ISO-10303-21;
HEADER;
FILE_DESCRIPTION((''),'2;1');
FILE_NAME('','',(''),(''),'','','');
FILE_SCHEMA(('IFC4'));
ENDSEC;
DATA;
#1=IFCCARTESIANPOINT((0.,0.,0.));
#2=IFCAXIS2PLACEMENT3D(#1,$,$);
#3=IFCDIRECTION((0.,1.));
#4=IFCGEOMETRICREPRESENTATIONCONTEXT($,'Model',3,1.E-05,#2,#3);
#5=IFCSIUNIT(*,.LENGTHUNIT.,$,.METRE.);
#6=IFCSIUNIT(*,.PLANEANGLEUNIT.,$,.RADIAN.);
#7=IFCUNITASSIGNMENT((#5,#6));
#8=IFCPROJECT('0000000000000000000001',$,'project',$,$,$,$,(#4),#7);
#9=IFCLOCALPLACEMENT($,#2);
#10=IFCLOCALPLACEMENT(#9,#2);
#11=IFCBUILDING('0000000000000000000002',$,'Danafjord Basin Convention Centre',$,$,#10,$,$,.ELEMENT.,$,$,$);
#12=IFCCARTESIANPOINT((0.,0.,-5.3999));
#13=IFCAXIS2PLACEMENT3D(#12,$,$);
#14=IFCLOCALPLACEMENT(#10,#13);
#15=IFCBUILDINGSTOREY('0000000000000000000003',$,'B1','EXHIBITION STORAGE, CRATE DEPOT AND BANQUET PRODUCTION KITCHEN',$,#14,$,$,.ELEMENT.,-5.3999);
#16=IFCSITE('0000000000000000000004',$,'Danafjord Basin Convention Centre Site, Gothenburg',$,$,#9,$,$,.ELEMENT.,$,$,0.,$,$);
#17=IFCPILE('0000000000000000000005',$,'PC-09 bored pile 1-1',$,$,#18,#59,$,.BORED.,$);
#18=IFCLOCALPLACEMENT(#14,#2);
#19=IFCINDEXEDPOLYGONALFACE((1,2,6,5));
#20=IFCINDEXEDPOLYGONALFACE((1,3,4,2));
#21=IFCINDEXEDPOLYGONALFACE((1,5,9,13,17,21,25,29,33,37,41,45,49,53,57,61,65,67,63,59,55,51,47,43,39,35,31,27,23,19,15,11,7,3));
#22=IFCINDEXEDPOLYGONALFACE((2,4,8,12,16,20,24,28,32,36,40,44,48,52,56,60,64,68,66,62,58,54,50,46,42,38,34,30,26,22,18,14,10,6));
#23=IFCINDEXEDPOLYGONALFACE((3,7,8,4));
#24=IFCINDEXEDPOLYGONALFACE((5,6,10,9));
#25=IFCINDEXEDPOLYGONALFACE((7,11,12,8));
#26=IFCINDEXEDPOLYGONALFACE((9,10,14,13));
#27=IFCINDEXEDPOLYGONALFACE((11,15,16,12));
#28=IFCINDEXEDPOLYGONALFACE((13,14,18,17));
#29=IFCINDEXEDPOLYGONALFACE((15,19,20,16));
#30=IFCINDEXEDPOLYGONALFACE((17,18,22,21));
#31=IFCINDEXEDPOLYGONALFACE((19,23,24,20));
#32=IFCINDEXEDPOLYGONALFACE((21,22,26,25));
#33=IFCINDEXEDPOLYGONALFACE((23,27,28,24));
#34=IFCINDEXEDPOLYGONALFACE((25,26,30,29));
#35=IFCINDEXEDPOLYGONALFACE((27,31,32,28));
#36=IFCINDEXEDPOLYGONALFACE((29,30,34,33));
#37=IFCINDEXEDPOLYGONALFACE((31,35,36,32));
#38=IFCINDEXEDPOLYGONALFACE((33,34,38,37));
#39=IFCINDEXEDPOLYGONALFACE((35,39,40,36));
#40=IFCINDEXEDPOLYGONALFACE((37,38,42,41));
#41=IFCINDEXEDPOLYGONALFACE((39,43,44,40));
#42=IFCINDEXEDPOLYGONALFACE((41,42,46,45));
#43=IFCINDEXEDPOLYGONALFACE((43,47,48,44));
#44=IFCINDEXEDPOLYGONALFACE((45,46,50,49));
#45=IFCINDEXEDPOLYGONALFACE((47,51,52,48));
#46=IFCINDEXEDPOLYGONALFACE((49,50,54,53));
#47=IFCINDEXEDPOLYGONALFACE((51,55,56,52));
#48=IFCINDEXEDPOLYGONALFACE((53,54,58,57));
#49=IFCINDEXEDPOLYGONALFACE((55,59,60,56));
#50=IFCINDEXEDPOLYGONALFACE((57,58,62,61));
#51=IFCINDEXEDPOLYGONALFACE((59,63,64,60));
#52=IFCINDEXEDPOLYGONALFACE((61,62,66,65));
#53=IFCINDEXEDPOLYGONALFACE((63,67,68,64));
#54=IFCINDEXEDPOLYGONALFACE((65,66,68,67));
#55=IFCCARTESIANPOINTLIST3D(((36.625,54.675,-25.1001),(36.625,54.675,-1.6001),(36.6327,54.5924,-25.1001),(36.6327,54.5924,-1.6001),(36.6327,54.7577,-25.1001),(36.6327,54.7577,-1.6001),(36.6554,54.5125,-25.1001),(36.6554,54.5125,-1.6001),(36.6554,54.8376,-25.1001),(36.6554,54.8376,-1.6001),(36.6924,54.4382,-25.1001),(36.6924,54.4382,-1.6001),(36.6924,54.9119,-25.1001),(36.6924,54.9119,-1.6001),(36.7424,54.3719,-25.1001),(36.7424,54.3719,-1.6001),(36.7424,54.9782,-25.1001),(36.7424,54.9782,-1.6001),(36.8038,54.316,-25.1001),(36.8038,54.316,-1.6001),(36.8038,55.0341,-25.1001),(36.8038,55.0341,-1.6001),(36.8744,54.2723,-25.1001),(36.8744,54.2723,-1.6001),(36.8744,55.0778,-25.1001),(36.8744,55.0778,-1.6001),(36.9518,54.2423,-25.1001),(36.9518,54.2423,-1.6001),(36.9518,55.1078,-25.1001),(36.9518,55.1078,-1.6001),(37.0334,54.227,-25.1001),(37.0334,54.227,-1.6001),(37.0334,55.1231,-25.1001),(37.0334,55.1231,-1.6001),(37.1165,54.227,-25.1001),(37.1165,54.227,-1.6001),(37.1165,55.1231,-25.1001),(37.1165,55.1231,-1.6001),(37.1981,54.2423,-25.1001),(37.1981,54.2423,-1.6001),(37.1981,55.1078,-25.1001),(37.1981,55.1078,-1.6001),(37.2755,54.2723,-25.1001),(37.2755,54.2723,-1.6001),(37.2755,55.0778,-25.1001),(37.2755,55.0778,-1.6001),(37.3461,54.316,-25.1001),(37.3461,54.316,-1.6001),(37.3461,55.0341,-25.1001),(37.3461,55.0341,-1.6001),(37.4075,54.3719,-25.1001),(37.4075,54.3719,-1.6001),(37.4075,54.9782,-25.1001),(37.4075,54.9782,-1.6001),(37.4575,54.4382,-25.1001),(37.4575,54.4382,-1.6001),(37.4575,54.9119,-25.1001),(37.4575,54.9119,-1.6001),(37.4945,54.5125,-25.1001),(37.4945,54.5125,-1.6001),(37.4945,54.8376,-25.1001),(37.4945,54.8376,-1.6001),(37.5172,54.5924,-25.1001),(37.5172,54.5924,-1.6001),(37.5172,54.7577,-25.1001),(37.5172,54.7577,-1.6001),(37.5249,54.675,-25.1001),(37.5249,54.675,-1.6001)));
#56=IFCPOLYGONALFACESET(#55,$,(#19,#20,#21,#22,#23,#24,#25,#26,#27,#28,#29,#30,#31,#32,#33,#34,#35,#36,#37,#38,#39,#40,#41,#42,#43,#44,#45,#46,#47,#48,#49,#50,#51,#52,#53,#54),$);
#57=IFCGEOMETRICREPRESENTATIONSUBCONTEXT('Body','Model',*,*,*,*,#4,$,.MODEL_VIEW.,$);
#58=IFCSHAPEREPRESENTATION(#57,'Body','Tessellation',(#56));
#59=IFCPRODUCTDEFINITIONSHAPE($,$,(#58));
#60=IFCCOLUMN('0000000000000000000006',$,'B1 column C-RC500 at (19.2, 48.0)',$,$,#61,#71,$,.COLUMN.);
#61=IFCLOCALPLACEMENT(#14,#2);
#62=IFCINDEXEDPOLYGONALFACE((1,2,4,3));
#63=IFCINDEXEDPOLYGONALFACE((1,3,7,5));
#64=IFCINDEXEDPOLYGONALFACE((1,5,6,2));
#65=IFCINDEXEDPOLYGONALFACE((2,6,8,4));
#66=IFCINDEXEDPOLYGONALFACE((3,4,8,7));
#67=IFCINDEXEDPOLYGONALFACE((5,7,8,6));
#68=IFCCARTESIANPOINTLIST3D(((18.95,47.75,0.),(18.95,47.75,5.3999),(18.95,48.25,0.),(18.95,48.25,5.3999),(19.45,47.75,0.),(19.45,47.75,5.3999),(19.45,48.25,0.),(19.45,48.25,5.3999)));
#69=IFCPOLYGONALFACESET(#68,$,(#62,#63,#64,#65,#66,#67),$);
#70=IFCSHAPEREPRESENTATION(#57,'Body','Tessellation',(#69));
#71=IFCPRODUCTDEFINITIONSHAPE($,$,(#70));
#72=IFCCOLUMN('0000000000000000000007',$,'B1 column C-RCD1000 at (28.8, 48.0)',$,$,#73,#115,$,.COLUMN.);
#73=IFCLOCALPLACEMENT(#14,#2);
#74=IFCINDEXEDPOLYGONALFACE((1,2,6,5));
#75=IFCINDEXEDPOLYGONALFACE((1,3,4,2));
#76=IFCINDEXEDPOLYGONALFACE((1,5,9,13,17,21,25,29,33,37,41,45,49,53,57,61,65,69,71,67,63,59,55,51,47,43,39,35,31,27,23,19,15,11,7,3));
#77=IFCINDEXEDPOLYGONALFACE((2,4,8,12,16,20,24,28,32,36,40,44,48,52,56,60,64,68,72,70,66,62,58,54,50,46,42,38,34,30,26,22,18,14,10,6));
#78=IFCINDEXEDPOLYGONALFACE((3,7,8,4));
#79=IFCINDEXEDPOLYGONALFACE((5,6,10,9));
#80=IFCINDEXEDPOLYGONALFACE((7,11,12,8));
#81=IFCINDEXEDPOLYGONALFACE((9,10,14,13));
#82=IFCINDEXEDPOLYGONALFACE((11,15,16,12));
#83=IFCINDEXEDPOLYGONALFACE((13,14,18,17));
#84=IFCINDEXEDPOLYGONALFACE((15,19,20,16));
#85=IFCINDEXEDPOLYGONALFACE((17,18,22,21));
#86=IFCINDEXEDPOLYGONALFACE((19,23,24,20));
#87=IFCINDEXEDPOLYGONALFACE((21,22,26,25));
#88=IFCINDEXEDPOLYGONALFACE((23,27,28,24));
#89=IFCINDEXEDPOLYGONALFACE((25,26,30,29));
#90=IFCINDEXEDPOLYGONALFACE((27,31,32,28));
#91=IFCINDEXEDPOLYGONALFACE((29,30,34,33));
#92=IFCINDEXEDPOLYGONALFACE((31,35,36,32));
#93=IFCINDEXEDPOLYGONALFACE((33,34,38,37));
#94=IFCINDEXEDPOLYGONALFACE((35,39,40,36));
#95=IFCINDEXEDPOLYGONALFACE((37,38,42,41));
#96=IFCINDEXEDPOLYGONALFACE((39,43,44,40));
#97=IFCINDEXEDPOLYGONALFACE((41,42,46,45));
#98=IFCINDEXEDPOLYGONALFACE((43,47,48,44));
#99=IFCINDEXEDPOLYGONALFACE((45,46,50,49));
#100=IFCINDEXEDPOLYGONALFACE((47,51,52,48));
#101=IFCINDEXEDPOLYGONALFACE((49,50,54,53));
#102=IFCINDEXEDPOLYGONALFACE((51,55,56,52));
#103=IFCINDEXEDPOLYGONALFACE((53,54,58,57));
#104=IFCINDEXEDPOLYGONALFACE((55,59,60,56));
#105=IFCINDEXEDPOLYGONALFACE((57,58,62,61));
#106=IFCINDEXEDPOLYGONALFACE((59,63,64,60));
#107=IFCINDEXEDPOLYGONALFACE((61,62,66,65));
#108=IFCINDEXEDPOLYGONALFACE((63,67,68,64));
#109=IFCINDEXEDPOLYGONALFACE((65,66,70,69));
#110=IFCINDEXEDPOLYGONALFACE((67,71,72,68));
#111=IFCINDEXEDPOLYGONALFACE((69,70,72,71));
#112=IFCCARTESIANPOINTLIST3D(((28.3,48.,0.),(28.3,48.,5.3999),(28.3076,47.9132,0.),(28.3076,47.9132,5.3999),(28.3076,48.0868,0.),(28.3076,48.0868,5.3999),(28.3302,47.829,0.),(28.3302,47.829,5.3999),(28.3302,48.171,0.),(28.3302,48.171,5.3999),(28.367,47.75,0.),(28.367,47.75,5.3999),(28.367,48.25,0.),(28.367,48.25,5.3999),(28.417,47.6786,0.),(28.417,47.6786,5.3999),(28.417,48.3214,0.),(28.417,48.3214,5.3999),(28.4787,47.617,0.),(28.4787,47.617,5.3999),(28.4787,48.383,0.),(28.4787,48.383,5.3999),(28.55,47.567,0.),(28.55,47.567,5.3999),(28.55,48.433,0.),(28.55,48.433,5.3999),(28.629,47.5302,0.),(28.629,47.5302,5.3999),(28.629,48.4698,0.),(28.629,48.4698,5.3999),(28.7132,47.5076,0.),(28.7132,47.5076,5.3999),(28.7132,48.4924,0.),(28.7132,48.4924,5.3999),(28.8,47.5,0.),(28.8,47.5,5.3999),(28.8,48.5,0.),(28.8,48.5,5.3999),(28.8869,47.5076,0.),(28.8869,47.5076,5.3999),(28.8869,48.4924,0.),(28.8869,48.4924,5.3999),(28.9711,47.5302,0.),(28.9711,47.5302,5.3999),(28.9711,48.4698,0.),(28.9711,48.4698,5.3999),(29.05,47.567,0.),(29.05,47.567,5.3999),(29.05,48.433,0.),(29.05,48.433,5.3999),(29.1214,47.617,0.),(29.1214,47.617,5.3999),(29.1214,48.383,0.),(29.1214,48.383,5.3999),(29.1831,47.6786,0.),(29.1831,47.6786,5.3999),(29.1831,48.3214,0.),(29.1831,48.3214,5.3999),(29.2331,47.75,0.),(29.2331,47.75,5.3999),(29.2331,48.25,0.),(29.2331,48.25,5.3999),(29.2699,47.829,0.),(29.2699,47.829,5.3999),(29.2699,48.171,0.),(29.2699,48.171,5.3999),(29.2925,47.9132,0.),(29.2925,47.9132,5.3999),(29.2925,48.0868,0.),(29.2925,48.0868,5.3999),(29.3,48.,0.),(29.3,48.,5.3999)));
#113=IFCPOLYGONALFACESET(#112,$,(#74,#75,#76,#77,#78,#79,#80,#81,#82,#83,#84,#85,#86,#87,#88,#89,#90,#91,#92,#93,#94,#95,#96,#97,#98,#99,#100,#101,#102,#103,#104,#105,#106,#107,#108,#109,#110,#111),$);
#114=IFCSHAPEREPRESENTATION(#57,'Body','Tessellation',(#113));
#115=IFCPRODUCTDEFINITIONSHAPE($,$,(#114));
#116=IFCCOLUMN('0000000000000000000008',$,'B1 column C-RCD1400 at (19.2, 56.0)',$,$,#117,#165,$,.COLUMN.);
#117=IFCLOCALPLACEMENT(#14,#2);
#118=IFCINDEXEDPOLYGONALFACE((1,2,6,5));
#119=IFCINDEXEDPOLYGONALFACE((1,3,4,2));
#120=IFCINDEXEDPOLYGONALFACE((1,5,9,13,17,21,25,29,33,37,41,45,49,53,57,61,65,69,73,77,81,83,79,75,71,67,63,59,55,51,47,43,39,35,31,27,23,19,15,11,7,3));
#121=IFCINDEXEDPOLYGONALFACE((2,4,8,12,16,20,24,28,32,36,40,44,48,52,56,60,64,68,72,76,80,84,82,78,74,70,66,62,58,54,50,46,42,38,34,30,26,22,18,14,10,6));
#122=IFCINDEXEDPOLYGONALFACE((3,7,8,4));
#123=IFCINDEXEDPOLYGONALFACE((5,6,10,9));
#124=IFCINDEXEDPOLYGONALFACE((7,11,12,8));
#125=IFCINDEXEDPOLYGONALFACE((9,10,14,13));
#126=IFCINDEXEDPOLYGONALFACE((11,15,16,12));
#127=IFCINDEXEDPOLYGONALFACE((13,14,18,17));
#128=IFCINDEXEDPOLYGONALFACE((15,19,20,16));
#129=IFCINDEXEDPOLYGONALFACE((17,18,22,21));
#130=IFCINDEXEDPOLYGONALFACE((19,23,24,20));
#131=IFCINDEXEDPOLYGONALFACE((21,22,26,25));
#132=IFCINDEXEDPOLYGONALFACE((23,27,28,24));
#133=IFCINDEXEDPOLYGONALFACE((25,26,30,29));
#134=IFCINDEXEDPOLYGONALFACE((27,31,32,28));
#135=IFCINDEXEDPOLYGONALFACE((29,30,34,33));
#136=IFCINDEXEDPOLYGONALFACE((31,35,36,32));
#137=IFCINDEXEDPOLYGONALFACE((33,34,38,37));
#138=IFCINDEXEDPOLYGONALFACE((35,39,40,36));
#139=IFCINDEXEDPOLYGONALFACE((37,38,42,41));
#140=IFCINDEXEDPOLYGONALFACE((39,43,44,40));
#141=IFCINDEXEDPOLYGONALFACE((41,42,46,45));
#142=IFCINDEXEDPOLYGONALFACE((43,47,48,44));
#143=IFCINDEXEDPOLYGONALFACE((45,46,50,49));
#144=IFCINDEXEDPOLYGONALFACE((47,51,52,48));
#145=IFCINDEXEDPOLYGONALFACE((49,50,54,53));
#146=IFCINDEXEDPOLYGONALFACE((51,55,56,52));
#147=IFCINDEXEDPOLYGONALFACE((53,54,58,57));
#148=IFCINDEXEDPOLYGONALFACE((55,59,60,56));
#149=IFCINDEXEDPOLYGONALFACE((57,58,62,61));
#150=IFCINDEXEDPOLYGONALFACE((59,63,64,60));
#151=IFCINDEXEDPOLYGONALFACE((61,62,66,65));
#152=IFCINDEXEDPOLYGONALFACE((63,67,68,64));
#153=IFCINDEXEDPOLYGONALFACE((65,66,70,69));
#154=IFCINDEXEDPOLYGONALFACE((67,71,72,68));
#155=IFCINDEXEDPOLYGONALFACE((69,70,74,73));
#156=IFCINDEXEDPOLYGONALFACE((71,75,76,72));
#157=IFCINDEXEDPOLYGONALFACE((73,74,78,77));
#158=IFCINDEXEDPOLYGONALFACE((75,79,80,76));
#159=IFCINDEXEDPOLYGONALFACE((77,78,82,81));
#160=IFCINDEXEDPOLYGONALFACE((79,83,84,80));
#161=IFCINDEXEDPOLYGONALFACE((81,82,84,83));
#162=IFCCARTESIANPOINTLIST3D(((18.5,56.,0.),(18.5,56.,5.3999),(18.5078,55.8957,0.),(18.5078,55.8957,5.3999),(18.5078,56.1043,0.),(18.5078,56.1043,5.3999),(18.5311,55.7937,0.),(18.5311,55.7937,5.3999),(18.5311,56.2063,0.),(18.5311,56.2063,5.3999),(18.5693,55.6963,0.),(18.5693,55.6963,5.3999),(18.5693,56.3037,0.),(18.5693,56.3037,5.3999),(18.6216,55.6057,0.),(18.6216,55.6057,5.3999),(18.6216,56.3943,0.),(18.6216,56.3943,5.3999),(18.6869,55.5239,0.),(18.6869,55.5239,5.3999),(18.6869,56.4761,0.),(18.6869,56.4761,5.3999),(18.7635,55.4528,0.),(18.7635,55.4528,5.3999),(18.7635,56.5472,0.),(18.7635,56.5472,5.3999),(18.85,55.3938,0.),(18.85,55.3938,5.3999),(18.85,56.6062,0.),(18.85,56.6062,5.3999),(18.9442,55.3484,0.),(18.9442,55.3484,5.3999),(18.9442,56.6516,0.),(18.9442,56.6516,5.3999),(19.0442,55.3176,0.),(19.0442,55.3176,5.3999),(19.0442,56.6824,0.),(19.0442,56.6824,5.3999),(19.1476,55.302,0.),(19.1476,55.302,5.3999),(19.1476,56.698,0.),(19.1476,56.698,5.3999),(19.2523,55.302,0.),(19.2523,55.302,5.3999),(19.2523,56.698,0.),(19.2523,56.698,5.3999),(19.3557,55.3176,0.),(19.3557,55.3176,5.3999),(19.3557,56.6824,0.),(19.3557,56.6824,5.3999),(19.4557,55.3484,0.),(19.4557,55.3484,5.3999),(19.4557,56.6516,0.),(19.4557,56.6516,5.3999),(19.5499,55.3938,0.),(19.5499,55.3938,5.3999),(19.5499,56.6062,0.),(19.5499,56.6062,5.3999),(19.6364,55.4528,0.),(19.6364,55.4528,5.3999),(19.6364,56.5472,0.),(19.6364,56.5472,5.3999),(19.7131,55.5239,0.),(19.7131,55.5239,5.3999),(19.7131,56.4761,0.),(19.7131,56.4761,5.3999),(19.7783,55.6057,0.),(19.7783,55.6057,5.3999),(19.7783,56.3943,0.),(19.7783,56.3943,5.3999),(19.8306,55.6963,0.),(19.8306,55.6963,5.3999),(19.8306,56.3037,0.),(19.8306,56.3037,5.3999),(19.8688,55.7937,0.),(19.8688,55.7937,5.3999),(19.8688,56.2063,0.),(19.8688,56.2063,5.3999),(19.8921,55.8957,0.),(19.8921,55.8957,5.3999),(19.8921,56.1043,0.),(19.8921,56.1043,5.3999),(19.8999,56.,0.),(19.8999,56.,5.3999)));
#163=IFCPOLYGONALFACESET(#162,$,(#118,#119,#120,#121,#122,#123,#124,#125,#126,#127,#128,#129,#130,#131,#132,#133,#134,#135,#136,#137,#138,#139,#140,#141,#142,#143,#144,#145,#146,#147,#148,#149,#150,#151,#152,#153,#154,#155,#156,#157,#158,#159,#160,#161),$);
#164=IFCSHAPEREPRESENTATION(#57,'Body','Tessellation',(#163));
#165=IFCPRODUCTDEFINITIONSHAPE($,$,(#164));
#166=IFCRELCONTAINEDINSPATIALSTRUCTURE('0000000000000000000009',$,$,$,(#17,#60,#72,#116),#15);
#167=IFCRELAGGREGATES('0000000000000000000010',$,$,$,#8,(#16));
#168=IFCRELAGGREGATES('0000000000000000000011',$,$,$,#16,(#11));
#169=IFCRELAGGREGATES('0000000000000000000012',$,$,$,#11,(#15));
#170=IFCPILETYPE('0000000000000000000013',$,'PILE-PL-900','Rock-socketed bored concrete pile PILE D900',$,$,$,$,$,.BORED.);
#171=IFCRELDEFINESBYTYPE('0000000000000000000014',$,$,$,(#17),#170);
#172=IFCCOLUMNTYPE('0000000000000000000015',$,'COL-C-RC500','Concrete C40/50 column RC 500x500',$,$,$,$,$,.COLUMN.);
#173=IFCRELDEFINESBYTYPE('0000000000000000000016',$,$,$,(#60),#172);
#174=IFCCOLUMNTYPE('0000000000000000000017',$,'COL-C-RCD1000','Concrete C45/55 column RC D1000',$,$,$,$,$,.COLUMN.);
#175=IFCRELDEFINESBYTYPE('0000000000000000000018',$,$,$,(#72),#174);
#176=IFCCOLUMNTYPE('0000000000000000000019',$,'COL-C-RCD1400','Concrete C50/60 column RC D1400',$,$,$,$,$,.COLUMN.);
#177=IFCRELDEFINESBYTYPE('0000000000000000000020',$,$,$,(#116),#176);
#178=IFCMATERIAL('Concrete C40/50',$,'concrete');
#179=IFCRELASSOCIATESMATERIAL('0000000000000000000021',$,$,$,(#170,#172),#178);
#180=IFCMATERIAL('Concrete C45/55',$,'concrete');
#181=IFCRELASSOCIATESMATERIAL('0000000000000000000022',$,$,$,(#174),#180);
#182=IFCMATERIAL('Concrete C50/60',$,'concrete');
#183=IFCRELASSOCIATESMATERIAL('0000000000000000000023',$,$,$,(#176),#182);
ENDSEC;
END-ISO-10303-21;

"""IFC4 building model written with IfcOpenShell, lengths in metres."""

from ifc_helpers import new_model, si_unit, direction, frame, origin, origin_2d, place, context, subcontext, project, spatial, rectangle, circle, extrude, material, material_profile, profile_set, type_object, element, save


model = new_model("IFC4")

# Units and contexts
model_context = context("Model", 3, precision=1e-05, world=origin(), true_north=direction((0.0, 1.0)))
body_context = subcontext(model_context, "Body", "Model", "MODEL_VIEW")
ifc_project = project(units=[si_unit("LENGTHUNIT", "METRE"), si_unit("PLANEANGLEUNIT", "RADIAN")], contexts=[model_context])

# Site, building, storey
site_placement = place(None, origin())
site = spatial("IfcSite", under=ifc_project, at=site_placement, Name="Danafjord Basin Convention Centre Site, Gothenburg", CompositionType="ELEMENT", RefElevation=0.0)
building_placement = place(site_placement, origin())
building = spatial("IfcBuilding", under=site, at=building_placement, Name="Danafjord Basin Convention Centre", CompositionType="ELEMENT")
storey_placement = place(building_placement, frame((0.0, 0.0, -5.3999)))
storey = spatial("IfcBuildingStorey", under=building, at=storey_placement, Name="B1", Description="EXHIBITION STORAGE, CRATE DEPOT AND BANQUET PRODUCTION KITCHEN", CompositionType="ELEMENT", Elevation=-5.3999)

# Shared definitions
ifc_material_1 = material(Name="Concrete C40/50", Category="concrete")

# Pile
ifc_material_profile_1 = material_profile(ifc_material_1, circle(Radius=0.45, at=origin_2d()), Name="PILE D900")
ifc_profile_set_1 = profile_set([ifc_material_profile_1], Name="Concrete C40/50")
pile_type_1 = type_object("IfcPileType", Name="PILE-PL-900", Description="Rock-socketed bored concrete pile PILE D900", PredefinedType="BORED", material=ifc_profile_set_1)
pile_placement = place(storey_placement, frame((37.075, 54.675, -1.6001), z_axis=(0.0, 0.0, -1.0), x_axis=(1.0, 0.0, 0.0)))
element("IfcPile", 1, at=pile_placement, inside=storey, type_object=pile_type_1, Name="PC-09 bored pile 1-1", PredefinedType="BORED", context=body_context, shape_type="SweptSolid", body=[
    extrude(circle(Radius=0.45, at=origin_2d()), origin(), (0.0, 0.0, 1.0), 23.5),
])

# Columns
ifc_material_profile_2 = material_profile(ifc_material_1, rectangle(XDim=0.5, YDim=0.5, at=origin_2d()), Name="RC 500x500")
ifc_profile_set_2 = profile_set([ifc_material_profile_2], Name="Concrete C40/50")
column_type_1 = type_object("IfcColumnType", Name="COL-C-RC500", Description="Concrete C40/50 column RC 500x500", PredefinedType="COLUMN", material=ifc_profile_set_2)
column_1_placement = place(storey_placement, frame((19.2, 48.0, 0.0), z_axis=(0.0, 0.0, 1.0), x_axis=(1.0, 0.0, 0.0)))
element("IfcColumn", 2, at=column_1_placement, inside=storey, type_object=column_type_1, Name="B1 column C-RC500 at (19.2, 48.0)", PredefinedType="COLUMN", context=body_context, shape_type="SweptSolid", body=[
    extrude(rectangle(XDim=0.5, YDim=0.5, at=origin_2d()), origin(), (0.0, 0.0, 1.0), 5.3999),
])
ifc_material_2 = material(Name="Concrete C45/55", Category="concrete")
ifc_material_profile_3 = material_profile(ifc_material_2, circle(Radius=0.5, at=origin_2d()), Name="RC D1000")
ifc_profile_set_3 = profile_set([ifc_material_profile_3], Name="Concrete C45/55")
column_type_2 = type_object("IfcColumnType", Name="COL-C-RCD1000", Description="Concrete C45/55 column RC D1000", PredefinedType="COLUMN", material=ifc_profile_set_3)
column_2_placement = place(storey_placement, frame((28.8, 48.0, 0.0), z_axis=(0.0, 0.0, 1.0), x_axis=(1.0, 0.0, 0.0)))
element("IfcColumn", 3, at=column_2_placement, inside=storey, type_object=column_type_2, Name="B1 column C-RCD1000 at (28.8, 48.0)", PredefinedType="COLUMN", context=body_context, shape_type="SweptSolid", body=[
    extrude(circle(Radius=0.5, at=origin_2d()), origin(), (0.0, 0.0, 1.0), 5.3999),
])
ifc_material_3 = material(Name="Concrete C50/60", Category="concrete")
ifc_material_profile_4 = material_profile(ifc_material_3, circle(Radius=0.7, at=origin_2d()), Name="RC D1400")
ifc_profile_set_4 = profile_set([ifc_material_profile_4], Name="Concrete C50/60")
column_type_3 = type_object("IfcColumnType", Name="COL-C-RCD1400", Description="Concrete C50/60 column RC D1400", PredefinedType="COLUMN", material=ifc_profile_set_4)
column_3_placement = place(storey_placement, frame((19.2, 56.0, 0.0), z_axis=(0.0, 0.0, 1.0), x_axis=(1.0, 0.0, 0.0)))
element("IfcColumn", 4, at=column_3_placement, inside=storey, type_object=column_type_3, Name="B1 column C-RCD1400 at (19.2, 56.0)", PredefinedType="COLUMN", context=body_context, shape_type="SweptSolid", body=[
    extrude(circle(Radius=0.7, at=origin_2d()), origin(), (0.0, 0.0, 1.0), 5.3999),
])

save(model, "model.ifc")
